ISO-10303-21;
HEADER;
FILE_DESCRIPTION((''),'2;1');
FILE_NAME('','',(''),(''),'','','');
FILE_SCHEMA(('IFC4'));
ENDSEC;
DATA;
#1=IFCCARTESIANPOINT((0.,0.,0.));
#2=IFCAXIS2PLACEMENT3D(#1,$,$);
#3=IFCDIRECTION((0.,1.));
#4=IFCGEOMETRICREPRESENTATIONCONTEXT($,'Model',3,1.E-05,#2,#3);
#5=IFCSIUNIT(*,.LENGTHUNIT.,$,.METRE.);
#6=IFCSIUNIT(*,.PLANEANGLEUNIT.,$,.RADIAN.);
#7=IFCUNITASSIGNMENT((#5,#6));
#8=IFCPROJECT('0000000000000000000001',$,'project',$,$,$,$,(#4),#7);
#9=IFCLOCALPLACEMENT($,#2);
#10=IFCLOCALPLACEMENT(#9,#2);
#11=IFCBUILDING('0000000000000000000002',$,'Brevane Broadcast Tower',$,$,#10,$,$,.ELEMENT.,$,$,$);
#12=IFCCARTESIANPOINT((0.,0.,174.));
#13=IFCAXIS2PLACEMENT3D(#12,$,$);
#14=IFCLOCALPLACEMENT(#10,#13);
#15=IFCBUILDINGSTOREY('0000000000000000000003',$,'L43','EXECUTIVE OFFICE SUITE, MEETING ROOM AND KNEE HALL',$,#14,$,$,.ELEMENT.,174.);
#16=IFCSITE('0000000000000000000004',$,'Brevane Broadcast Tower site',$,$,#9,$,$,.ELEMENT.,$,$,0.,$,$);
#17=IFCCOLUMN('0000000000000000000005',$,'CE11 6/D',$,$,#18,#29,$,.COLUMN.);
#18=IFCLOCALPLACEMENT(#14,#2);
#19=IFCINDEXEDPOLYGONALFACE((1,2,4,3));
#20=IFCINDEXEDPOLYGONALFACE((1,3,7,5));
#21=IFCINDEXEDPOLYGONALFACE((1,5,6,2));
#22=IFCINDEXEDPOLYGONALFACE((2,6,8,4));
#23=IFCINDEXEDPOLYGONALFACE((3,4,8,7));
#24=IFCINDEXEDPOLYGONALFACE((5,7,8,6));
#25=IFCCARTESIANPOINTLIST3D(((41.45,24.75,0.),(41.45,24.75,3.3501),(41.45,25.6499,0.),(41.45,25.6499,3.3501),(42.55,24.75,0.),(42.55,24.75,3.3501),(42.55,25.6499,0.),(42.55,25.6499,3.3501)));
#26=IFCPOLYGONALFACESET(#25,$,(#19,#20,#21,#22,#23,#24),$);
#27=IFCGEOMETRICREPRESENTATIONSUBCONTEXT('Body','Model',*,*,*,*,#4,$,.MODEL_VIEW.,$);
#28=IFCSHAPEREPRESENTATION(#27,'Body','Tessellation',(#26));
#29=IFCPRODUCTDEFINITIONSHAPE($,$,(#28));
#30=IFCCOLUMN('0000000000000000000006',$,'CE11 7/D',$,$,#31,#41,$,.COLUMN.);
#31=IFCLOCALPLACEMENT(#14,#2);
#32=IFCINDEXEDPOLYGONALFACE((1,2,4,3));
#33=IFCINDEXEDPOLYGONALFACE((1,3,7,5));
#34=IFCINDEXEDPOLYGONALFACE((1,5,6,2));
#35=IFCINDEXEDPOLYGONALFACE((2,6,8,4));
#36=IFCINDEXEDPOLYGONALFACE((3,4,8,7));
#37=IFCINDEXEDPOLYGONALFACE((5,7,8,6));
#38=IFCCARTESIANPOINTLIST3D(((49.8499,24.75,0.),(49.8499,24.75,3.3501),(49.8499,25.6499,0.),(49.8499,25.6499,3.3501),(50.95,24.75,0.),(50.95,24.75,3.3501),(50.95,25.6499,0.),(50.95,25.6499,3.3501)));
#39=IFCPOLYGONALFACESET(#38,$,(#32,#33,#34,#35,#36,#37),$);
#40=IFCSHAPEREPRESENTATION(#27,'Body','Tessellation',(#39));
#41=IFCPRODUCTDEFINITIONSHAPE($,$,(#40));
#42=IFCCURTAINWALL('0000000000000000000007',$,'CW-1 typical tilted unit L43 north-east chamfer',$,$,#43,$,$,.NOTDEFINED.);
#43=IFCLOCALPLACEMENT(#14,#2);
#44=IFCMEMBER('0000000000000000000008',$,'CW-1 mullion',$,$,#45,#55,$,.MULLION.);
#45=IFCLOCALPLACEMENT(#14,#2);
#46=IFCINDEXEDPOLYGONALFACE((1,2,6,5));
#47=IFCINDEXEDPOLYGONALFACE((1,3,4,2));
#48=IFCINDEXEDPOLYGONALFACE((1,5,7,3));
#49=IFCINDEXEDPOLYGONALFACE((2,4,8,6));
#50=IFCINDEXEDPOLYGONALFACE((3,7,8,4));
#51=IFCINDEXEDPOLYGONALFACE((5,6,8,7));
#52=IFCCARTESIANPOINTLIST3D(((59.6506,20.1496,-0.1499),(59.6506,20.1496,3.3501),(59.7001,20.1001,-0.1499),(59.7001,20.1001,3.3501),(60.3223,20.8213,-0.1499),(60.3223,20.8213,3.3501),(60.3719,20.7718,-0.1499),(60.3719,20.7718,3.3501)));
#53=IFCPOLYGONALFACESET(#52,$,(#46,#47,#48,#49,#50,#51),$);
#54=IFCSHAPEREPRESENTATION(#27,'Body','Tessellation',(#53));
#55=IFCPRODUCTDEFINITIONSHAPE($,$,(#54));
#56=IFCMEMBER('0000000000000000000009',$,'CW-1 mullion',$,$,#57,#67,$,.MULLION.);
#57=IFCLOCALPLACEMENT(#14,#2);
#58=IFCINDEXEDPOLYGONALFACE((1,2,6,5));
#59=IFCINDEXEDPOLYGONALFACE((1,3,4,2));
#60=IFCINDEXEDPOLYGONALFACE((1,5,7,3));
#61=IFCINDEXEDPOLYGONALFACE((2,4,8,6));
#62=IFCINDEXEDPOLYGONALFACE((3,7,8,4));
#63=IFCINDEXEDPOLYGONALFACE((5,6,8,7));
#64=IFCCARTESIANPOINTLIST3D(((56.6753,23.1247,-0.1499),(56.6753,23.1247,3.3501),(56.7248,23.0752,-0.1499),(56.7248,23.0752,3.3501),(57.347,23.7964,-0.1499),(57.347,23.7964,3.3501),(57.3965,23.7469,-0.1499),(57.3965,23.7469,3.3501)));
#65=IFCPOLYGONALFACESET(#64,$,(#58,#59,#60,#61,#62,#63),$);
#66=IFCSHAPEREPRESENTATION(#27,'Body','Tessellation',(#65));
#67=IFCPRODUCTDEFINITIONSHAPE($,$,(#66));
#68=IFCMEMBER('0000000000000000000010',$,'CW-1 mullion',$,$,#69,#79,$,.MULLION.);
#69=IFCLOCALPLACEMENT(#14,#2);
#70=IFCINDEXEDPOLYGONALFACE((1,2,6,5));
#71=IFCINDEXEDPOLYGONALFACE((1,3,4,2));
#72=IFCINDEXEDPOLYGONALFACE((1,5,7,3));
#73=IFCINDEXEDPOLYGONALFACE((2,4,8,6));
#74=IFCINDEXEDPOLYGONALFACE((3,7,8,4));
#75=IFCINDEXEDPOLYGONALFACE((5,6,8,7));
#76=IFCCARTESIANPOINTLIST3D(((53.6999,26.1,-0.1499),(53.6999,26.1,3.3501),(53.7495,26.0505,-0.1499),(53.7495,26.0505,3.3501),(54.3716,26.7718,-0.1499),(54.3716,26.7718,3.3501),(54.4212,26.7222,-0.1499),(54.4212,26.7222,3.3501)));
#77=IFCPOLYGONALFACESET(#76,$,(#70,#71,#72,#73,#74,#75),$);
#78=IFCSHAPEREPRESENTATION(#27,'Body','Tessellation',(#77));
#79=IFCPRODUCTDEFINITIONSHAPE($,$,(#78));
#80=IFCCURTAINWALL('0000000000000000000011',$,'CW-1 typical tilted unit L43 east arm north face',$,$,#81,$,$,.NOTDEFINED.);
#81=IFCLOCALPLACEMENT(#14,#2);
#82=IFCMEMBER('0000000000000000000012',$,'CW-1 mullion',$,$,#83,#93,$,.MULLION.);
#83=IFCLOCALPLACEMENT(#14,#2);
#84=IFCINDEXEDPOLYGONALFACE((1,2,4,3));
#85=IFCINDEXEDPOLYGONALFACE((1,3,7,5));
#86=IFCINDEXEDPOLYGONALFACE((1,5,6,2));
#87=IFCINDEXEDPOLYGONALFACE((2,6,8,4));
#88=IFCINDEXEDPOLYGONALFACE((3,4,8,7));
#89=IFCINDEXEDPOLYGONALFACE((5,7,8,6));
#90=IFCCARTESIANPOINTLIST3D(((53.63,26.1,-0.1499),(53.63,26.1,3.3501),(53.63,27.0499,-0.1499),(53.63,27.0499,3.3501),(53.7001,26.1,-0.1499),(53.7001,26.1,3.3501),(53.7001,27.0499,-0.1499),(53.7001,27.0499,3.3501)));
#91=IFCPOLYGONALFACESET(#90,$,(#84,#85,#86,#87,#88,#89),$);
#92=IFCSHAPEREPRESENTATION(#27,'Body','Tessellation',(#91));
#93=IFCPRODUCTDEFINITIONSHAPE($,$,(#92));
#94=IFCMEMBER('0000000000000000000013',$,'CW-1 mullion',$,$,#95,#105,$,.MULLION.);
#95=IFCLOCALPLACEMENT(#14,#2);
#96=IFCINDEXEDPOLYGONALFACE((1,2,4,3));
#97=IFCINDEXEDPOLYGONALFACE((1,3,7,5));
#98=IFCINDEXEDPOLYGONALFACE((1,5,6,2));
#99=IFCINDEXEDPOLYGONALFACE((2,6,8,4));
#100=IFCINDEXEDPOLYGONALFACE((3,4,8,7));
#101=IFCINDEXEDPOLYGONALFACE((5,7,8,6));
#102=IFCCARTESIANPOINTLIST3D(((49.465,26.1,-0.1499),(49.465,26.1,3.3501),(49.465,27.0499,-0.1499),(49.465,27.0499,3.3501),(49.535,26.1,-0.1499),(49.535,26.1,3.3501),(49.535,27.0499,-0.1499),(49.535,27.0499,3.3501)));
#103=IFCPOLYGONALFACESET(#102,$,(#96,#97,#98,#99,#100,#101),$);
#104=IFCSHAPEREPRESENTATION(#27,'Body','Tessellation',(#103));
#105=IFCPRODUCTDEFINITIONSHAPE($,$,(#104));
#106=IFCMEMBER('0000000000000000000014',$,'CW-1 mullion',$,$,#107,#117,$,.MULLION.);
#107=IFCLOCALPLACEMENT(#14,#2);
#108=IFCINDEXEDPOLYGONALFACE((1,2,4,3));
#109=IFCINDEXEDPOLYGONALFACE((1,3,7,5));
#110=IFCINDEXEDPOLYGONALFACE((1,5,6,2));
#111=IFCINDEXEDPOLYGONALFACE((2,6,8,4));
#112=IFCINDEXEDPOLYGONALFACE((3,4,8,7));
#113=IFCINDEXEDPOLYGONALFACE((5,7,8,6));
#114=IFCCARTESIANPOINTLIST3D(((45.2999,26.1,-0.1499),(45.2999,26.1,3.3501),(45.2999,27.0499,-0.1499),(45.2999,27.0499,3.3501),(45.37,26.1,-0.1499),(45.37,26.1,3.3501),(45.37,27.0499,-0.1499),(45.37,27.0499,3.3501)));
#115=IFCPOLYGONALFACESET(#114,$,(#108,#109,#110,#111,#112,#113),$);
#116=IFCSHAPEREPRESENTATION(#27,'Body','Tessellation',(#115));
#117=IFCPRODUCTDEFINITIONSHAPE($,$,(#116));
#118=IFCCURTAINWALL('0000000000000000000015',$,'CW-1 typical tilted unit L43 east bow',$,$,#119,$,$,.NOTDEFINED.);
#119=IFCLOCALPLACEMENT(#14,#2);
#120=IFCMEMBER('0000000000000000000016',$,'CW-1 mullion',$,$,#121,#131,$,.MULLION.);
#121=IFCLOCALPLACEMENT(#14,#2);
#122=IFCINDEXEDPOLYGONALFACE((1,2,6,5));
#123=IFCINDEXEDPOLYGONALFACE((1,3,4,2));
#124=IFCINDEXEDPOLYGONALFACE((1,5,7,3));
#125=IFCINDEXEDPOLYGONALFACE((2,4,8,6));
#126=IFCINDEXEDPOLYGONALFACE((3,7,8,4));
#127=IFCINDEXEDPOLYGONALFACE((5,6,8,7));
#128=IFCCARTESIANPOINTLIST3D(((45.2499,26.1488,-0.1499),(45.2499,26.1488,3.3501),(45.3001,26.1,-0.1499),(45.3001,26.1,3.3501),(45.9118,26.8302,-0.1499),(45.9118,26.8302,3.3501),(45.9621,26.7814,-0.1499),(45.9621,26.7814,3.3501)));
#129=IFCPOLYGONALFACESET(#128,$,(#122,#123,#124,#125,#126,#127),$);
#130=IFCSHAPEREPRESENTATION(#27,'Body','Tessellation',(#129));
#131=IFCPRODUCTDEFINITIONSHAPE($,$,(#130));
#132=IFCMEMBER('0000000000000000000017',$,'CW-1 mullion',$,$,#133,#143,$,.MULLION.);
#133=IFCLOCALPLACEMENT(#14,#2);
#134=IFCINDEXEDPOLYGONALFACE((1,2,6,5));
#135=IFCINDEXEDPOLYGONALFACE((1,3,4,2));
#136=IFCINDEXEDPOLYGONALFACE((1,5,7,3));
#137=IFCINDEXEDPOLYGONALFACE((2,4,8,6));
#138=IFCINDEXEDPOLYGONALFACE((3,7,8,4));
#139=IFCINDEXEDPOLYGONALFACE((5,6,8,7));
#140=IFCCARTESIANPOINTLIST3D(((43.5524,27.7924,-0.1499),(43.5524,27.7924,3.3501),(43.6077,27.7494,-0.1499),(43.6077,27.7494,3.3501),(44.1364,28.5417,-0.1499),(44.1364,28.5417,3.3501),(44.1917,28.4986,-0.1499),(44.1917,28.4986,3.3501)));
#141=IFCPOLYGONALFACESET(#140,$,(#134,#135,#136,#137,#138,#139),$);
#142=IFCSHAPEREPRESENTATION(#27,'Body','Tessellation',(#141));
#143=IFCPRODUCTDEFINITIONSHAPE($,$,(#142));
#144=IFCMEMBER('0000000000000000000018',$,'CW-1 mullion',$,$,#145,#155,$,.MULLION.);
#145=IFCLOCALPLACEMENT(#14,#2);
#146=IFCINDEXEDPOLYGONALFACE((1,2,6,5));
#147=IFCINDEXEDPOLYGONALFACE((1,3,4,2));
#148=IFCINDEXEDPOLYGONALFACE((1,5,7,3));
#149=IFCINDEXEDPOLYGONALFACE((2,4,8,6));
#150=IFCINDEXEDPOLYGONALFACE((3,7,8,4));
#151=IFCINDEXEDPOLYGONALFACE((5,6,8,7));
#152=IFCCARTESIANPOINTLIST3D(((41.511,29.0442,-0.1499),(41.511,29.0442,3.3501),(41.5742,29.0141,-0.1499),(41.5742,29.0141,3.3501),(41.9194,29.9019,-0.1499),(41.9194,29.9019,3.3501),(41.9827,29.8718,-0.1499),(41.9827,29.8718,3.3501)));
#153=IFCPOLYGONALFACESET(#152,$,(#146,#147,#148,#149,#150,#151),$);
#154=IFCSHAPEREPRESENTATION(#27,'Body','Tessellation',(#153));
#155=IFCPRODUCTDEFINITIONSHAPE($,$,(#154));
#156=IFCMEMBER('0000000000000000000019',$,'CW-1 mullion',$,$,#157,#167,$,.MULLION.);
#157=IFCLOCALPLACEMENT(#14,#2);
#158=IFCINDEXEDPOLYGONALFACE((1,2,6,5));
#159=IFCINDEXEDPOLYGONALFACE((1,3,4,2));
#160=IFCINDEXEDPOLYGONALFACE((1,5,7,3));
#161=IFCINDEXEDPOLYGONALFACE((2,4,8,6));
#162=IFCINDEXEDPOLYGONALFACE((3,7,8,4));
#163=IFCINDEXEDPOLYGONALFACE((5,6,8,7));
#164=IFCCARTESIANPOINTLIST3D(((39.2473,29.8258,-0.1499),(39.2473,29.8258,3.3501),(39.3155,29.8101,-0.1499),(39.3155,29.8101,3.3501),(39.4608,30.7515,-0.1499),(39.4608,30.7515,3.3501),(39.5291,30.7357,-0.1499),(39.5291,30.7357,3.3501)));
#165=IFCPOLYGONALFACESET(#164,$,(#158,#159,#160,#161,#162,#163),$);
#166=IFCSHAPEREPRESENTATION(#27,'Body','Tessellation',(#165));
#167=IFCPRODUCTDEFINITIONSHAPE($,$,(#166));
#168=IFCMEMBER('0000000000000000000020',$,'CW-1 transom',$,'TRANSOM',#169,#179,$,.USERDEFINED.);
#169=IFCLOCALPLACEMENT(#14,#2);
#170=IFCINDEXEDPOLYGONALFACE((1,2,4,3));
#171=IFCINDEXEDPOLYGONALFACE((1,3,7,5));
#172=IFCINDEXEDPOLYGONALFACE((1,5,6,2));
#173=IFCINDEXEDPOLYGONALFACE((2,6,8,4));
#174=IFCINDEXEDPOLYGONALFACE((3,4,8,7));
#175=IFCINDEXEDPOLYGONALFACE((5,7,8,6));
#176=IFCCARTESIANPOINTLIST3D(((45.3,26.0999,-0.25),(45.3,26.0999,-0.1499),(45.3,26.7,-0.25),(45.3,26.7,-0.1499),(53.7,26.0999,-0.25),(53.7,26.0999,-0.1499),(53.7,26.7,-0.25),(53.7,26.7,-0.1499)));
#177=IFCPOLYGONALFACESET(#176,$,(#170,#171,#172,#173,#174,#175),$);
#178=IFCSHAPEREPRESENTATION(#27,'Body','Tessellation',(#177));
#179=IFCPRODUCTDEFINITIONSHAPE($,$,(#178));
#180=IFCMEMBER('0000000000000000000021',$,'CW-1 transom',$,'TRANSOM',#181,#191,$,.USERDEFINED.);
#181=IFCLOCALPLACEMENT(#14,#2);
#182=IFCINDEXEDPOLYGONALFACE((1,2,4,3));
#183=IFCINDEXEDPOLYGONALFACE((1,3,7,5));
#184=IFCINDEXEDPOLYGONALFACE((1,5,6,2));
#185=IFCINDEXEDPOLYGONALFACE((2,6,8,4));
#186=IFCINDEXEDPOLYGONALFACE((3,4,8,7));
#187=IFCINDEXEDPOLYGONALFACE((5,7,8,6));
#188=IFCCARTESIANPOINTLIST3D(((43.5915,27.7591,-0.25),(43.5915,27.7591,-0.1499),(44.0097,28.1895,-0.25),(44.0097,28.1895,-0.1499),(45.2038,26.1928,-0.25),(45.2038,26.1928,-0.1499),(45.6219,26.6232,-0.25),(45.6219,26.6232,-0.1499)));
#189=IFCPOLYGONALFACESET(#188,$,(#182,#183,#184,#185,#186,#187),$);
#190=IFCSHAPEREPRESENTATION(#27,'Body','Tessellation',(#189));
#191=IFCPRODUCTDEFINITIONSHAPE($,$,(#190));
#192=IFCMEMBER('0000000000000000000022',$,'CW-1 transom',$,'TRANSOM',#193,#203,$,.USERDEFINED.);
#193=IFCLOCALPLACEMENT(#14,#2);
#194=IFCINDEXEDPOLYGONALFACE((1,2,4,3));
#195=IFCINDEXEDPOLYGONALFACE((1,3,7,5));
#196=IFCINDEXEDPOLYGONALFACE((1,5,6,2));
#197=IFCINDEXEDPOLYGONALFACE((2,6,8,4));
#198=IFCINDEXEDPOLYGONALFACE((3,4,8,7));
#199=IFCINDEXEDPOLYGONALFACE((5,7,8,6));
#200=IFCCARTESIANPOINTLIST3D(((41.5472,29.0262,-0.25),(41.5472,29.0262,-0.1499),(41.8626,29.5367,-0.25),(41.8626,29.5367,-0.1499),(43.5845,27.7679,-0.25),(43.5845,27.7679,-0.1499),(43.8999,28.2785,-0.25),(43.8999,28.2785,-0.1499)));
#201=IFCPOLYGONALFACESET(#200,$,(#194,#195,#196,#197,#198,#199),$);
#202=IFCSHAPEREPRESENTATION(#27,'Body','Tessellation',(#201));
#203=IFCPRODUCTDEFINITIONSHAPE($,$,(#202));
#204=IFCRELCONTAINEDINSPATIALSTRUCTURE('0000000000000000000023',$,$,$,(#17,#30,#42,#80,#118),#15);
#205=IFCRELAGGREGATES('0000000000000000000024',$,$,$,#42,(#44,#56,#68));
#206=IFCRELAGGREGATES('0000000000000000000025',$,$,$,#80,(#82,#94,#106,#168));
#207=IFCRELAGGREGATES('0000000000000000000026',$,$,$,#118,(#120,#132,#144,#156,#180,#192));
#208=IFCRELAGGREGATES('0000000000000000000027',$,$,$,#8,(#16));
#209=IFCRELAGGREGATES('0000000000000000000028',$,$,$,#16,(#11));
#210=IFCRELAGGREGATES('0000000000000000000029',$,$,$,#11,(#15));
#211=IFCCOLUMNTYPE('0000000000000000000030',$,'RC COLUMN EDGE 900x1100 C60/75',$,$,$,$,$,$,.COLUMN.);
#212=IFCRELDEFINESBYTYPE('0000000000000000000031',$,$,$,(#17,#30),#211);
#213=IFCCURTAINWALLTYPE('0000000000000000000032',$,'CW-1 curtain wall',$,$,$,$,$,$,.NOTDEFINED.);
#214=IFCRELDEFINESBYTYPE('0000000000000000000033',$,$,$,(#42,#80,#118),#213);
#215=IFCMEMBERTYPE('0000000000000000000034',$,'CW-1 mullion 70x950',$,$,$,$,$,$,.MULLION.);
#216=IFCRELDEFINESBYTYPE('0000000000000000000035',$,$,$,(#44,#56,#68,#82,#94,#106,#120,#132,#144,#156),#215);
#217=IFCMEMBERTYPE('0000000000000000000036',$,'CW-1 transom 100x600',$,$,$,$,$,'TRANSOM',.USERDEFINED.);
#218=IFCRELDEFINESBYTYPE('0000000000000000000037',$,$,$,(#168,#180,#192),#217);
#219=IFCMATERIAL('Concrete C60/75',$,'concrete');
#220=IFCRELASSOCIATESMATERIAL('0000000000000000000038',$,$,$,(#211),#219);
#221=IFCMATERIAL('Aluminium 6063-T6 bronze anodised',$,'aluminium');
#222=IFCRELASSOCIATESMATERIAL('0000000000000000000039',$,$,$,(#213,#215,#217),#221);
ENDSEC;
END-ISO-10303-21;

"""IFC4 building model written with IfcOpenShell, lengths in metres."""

from ifc_helpers import new_model, si_unit, direction, frame, origin, origin_2d, place, context, subcontext, project, spatial, rectangle, extrude, material, material_profile, profile_set, type_object, element, aggregate, save


model = new_model("IFC4")

# Units and contexts
model_context = context("Model", 3, precision=1e-05, world=origin(), true_north=direction((0.0, 1.0)))
body_context = subcontext(model_context, "Body", "Model", "MODEL_VIEW")
ifc_project = project(units=[si_unit("LENGTHUNIT", "METRE"), si_unit("PLANEANGLEUNIT", "RADIAN")], contexts=[model_context])

# Site, building, storey
site_placement = place(None, origin())
site = spatial("IfcSite", under=ifc_project, at=site_placement, Name="Brevane Broadcast Tower site", CompositionType="ELEMENT", RefElevation=0.0)
building_placement = place(site_placement, origin())
building = spatial("IfcBuilding", under=site, at=building_placement, Name="Brevane Broadcast Tower", CompositionType="ELEMENT")
storey_placement = place(building_placement, frame((0.0, 0.0, 174.0)))
storey = spatial("IfcBuildingStorey", under=building, at=storey_placement, Name="L43", Description="EXECUTIVE OFFICE SUITE, MEETING ROOM AND KNEE HALL", CompositionType="ELEMENT", Elevation=174.0)

# Columns
ifc_material_1 = material(Name="Concrete C60/75", Category="concrete")
ifc_material_profile_1 = material_profile(ifc_material_1, rectangle(XDim=0.8999, YDim=1.1001, at=origin_2d()), Name="RC 900x1100")
ifc_profile_set_1 = profile_set([ifc_material_profile_1], Name="Concrete C60/75")
column_type = type_object("IfcColumnType", Name="RC COLUMN EDGE 900x1100 C60/75", PredefinedType="COLUMN", material=ifc_profile_set_1)
for number, where, z_axis, x_axis, name in (
    (1, (42.0, 25.2, 0.0), (0.0, 0.0, 1.0), (0.0, 1.0, 0.0), "CE11 6/D"),
    (2, (50.3999, 25.2, 0.0), (0.0, 0.0, 1.0), (0.0, 1.0, 0.0), "CE11 7/D"),
):
    element("IfcColumn", number, at=place(storey_placement, frame(where, z_axis=z_axis, x_axis=x_axis)), inside=storey, type_object=column_type, Name=name, PredefinedType="COLUMN", context=body_context, shape_type="SweptSolid", body=[
        extrude(rectangle(XDim=0.8999, YDim=1.1001, at=origin_2d()), origin(), (0.0, 0.0, 1.0), 3.3501),
    ])

# Curtain walls, members
ifc_material_2 = material(Name="Aluminium 6063-T6 bronze anodised", Category="aluminium")
curtain_wall_type = type_object("IfcCurtainWallType", Name="CW-1 curtain wall", PredefinedType="NOTDEFINED", material=ifc_material_2)
curtain_wall_1_placement = place(storey_placement, origin())
curtain_wall_1 = element("IfcCurtainWall", 3, at=curtain_wall_1_placement, inside=storey, type_object=curtain_wall_type, Name="CW-1 typical tilted unit L43 north-east chamfer", PredefinedType="NOTDEFINED")
ifc_material_profile_2 = material_profile(ifc_material_2, rectangle(XDim=0.95, YDim=0.0701, at=origin_2d()), Name="RECT 70x950")
ifc_profile_set_2 = profile_set([ifc_material_profile_2], Name="Aluminium 6063-T6 bronze anodised")
member_type_1 = type_object("IfcMemberType", Name="CW-1 mullion 70x950", PredefinedType="MULLION", material=ifc_profile_set_2)
member_1_placement = place(storey_placement, frame((60.0112, 20.4607, -0.1499), z_axis=(0.0, 0.0, 1.0), x_axis=(-0.707107, -0.707107, 0.0)))
member_1 = element("IfcMember", 4, at=member_1_placement, type_object=member_type_1, Name="CW-1 mullion", PredefinedType="MULLION", context=body_context, shape_type="SweptSolid", body=[
    extrude(rectangle(XDim=0.95, YDim=0.0701, at=origin_2d()), origin(), (0.0, 0.0, 1.0), 3.5),
])
member_2_placement = place(storey_placement, frame((57.0359, 23.4358, -0.1499), z_axis=(0.0, 0.0, 1.0), x_axis=(-0.707107, -0.707107, 0.0)))
member_2 = element("IfcMember", 5, at=member_2_placement, type_object=member_type_1, Name="CW-1 mullion", PredefinedType="MULLION", context=body_context, shape_type="SweptSolid", body=[
    extrude(rectangle(XDim=0.95, YDim=0.0701, at=origin_2d()), origin(), (0.0, 0.0, 1.0), 3.5),
])
member_3_placement = place(storey_placement, frame((54.0605, 26.4111, -0.1499), z_axis=(0.0, 0.0, 1.0), x_axis=(-0.707107, -0.707107, 0.0)))
member_3 = element("IfcMember", 6, at=member_3_placement, type_object=member_type_1, Name="CW-1 mullion", PredefinedType="MULLION", context=body_context, shape_type="SweptSolid", body=[
    extrude(rectangle(XDim=0.95, YDim=0.0701, at=origin_2d()), origin(), (0.0, 0.0, 1.0), 3.5),
])
aggregate(curtain_wall_1, [member_1, member_2, member_3])
curtain_wall_2_placement = place(storey_placement, origin())
curtain_wall_2 = element("IfcCurtainWall", 7, at=curtain_wall_2_placement, inside=storey, type_object=curtain_wall_type, Name="CW-1 typical tilted unit L43 east arm north face", PredefinedType="NOTDEFINED")
member_4_placement = place(storey_placement, frame((53.665, 26.575, -0.1499), z_axis=(0.0, 0.0, 1.0), x_axis=(0.0, -1.0, 0.0)))
member_4 = element("IfcMember", 8, at=member_4_placement, type_object=member_type_1, Name="CW-1 mullion", PredefinedType="MULLION", context=body_context, shape_type="SweptSolid", body=[
    extrude(rectangle(XDim=0.95, YDim=0.0701, at=origin_2d()), origin(), (0.0, 0.0, 1.0), 3.5),
])
member_5_placement = place(storey_placement, frame((49.5, 26.575, -0.1499), z_axis=(0.0, 0.0, 1.0), x_axis=(0.0, -1.0, 0.0)))
member_5 = element("IfcMember", 9, at=member_5_placement, type_object=member_type_1, Name="CW-1 mullion", PredefinedType="MULLION", context=body_context, shape_type="SweptSolid", body=[
    extrude(rectangle(XDim=0.95, YDim=0.0701, at=origin_2d()), origin(), (0.0, 0.0, 1.0), 3.5),
])
member_6_placement = place(storey_placement, frame((45.335, 26.575, -0.1499), z_axis=(0.0, 0.0, 1.0), x_axis=(0.0, -1.0, 0.0)))
member_6 = element("IfcMember", 10, at=member_6_placement, type_object=member_type_1, Name="CW-1 mullion", PredefinedType="MULLION", context=body_context, shape_type="SweptSolid", body=[
    extrude(rectangle(XDim=0.95, YDim=0.0701, at=origin_2d()), origin(), (0.0, 0.0, 1.0), 3.5),
])
curtain_wall_3_placement = place(storey_placement, origin())
curtain_wall_3 = element("IfcCurtainWall", 11, at=curtain_wall_3_placement, inside=storey, type_object=curtain_wall_type, Name="CW-1 typical tilted unit L43 east bow", PredefinedType="NOTDEFINED")
member_7_placement = place(storey_placement, frame((45.606, 26.4651, -0.1499), z_axis=(0.0, 0.0, 1.0), x_axis=(-0.696812, -0.717254, 0.0)))
member_7 = element("IfcMember", 12, at=member_7_placement, type_object=member_type_1, Name="CW-1 mullion", PredefinedType="MULLION", context=body_context, shape_type="SweptSolid", body=[
    extrude(rectangle(XDim=0.95, YDim=0.0701, at=origin_2d()), origin(), (0.0, 0.0, 1.0), 3.5),
])
member_8_placement = place(storey_placement, frame((43.8721, 28.1455, -0.1499), z_axis=(0.0, 0.0, 1.0), x_axis=(-0.61477, -0.788707, 0.0)))
member_8 = element("IfcMember", 13, at=member_8_placement, type_object=member_type_1, Name="CW-1 mullion", PredefinedType="MULLION", context=body_context, shape_type="SweptSolid", body=[
    extrude(rectangle(XDim=0.95, YDim=0.0701, at=origin_2d()), origin(), (0.0, 0.0, 1.0), 3.5),
])
member_9_placement = place(storey_placement, frame((41.7468, 29.458, -0.1499), z_axis=(0.0, 0.0, 1.0), x_axis=(-0.429934, -0.902861, 0.0)))
member_9 = element("IfcMember", 14, at=member_9_placement, type_object=member_type_1, Name="CW-1 mullion", PredefinedType="MULLION", context=body_context, shape_type="SweptSolid", body=[
    extrude(rectangle(XDim=0.95, YDim=0.0701, at=origin_2d()), origin(), (0.0, 0.0, 1.0), 3.5),
])
member_10_placement = place(storey_placement, frame((39.3882, 30.2808, -0.1499), z_axis=(0.0, 0.0, 1.0), x_axis=(-0.224807, -0.974403, 0.0)))
member_10 = element("IfcMember", 15, at=member_10_placement, type_object=member_type_1, Name="CW-1 mullion", PredefinedType="MULLION", context=body_context, shape_type="SweptSolid", body=[
    extrude(rectangle(XDim=0.95, YDim=0.0701, at=origin_2d()), origin(), (0.0, 0.0, 1.0), 3.5),
])

# Members
ifc_material_profile_3 = material_profile(ifc_material_2, rectangle(XDim=0.6001, YDim=0.1001, at=origin_2d()), Name="RECT 100x600")
ifc_profile_set_3 = profile_set([ifc_material_profile_3], Name="Aluminium 6063-T6 bronze anodised")
member_type_2 = type_object("IfcMemberType", Name="CW-1 transom 100x600", ElementType="TRANSOM", PredefinedType="USERDEFINED", material=ifc_profile_set_3)
member_11_placement = place(storey_placement, frame((53.7, 26.3999, -0.2), z_axis=(-1.0, 0.0, 0.0), x_axis=(0.0, -1.0, 0.0)))
member_11 = element("IfcMember", 16, at=member_11_placement, type_object=member_type_2, Name="CW-1 transom", ObjectType="TRANSOM", PredefinedType="USERDEFINED", context=body_context, shape_type="SweptSolid", body=[
    extrude(rectangle(XDim=0.6001, YDim=0.1001, at=origin_2d()), origin(), (0.0, 0.0, 1.0), 8.3999),
])
aggregate(curtain_wall_2, [member_4, member_5, member_6, member_11])
member_12_placement = place(storey_placement, frame((45.4128, 26.408, -0.2), z_axis=(-0.717242, 0.696824, 0.0), x_axis=(-0.696824, -0.717242, 0.0)))
member_12 = element("IfcMember", 17, at=member_12_placement, type_object=member_type_2, Name="CW-1 transom", ObjectType="TRANSOM", PredefinedType="USERDEFINED", context=body_context, shape_type="SweptSolid", body=[
    extrude(rectangle(XDim=0.6001, YDim=0.1001, at=origin_2d()), origin(), (0.0, 0.0, 1.0), 2.2478),
])
member_13_placement = place(storey_placement, frame((43.7422, 28.0232, -0.2), z_axis=(-0.85081, 0.525473, 0.0), x_axis=(-0.525473, -0.85081, 0.0)))
member_13 = element("IfcMember", 18, at=member_13_placement, type_object=member_type_2, Name="CW-1 transom", ObjectType="TRANSOM", PredefinedType="USERDEFINED", context=body_context, shape_type="SweptSolid", body=[
    extrude(rectangle(XDim=0.6001, YDim=0.1001, at=origin_2d()), origin(), (0.0, 0.0, 1.0), 2.3945),
])
aggregate(curtain_wall_3, [member_7, member_8, member_9, member_10, member_12, member_13])

save(model, "model.ifc")
